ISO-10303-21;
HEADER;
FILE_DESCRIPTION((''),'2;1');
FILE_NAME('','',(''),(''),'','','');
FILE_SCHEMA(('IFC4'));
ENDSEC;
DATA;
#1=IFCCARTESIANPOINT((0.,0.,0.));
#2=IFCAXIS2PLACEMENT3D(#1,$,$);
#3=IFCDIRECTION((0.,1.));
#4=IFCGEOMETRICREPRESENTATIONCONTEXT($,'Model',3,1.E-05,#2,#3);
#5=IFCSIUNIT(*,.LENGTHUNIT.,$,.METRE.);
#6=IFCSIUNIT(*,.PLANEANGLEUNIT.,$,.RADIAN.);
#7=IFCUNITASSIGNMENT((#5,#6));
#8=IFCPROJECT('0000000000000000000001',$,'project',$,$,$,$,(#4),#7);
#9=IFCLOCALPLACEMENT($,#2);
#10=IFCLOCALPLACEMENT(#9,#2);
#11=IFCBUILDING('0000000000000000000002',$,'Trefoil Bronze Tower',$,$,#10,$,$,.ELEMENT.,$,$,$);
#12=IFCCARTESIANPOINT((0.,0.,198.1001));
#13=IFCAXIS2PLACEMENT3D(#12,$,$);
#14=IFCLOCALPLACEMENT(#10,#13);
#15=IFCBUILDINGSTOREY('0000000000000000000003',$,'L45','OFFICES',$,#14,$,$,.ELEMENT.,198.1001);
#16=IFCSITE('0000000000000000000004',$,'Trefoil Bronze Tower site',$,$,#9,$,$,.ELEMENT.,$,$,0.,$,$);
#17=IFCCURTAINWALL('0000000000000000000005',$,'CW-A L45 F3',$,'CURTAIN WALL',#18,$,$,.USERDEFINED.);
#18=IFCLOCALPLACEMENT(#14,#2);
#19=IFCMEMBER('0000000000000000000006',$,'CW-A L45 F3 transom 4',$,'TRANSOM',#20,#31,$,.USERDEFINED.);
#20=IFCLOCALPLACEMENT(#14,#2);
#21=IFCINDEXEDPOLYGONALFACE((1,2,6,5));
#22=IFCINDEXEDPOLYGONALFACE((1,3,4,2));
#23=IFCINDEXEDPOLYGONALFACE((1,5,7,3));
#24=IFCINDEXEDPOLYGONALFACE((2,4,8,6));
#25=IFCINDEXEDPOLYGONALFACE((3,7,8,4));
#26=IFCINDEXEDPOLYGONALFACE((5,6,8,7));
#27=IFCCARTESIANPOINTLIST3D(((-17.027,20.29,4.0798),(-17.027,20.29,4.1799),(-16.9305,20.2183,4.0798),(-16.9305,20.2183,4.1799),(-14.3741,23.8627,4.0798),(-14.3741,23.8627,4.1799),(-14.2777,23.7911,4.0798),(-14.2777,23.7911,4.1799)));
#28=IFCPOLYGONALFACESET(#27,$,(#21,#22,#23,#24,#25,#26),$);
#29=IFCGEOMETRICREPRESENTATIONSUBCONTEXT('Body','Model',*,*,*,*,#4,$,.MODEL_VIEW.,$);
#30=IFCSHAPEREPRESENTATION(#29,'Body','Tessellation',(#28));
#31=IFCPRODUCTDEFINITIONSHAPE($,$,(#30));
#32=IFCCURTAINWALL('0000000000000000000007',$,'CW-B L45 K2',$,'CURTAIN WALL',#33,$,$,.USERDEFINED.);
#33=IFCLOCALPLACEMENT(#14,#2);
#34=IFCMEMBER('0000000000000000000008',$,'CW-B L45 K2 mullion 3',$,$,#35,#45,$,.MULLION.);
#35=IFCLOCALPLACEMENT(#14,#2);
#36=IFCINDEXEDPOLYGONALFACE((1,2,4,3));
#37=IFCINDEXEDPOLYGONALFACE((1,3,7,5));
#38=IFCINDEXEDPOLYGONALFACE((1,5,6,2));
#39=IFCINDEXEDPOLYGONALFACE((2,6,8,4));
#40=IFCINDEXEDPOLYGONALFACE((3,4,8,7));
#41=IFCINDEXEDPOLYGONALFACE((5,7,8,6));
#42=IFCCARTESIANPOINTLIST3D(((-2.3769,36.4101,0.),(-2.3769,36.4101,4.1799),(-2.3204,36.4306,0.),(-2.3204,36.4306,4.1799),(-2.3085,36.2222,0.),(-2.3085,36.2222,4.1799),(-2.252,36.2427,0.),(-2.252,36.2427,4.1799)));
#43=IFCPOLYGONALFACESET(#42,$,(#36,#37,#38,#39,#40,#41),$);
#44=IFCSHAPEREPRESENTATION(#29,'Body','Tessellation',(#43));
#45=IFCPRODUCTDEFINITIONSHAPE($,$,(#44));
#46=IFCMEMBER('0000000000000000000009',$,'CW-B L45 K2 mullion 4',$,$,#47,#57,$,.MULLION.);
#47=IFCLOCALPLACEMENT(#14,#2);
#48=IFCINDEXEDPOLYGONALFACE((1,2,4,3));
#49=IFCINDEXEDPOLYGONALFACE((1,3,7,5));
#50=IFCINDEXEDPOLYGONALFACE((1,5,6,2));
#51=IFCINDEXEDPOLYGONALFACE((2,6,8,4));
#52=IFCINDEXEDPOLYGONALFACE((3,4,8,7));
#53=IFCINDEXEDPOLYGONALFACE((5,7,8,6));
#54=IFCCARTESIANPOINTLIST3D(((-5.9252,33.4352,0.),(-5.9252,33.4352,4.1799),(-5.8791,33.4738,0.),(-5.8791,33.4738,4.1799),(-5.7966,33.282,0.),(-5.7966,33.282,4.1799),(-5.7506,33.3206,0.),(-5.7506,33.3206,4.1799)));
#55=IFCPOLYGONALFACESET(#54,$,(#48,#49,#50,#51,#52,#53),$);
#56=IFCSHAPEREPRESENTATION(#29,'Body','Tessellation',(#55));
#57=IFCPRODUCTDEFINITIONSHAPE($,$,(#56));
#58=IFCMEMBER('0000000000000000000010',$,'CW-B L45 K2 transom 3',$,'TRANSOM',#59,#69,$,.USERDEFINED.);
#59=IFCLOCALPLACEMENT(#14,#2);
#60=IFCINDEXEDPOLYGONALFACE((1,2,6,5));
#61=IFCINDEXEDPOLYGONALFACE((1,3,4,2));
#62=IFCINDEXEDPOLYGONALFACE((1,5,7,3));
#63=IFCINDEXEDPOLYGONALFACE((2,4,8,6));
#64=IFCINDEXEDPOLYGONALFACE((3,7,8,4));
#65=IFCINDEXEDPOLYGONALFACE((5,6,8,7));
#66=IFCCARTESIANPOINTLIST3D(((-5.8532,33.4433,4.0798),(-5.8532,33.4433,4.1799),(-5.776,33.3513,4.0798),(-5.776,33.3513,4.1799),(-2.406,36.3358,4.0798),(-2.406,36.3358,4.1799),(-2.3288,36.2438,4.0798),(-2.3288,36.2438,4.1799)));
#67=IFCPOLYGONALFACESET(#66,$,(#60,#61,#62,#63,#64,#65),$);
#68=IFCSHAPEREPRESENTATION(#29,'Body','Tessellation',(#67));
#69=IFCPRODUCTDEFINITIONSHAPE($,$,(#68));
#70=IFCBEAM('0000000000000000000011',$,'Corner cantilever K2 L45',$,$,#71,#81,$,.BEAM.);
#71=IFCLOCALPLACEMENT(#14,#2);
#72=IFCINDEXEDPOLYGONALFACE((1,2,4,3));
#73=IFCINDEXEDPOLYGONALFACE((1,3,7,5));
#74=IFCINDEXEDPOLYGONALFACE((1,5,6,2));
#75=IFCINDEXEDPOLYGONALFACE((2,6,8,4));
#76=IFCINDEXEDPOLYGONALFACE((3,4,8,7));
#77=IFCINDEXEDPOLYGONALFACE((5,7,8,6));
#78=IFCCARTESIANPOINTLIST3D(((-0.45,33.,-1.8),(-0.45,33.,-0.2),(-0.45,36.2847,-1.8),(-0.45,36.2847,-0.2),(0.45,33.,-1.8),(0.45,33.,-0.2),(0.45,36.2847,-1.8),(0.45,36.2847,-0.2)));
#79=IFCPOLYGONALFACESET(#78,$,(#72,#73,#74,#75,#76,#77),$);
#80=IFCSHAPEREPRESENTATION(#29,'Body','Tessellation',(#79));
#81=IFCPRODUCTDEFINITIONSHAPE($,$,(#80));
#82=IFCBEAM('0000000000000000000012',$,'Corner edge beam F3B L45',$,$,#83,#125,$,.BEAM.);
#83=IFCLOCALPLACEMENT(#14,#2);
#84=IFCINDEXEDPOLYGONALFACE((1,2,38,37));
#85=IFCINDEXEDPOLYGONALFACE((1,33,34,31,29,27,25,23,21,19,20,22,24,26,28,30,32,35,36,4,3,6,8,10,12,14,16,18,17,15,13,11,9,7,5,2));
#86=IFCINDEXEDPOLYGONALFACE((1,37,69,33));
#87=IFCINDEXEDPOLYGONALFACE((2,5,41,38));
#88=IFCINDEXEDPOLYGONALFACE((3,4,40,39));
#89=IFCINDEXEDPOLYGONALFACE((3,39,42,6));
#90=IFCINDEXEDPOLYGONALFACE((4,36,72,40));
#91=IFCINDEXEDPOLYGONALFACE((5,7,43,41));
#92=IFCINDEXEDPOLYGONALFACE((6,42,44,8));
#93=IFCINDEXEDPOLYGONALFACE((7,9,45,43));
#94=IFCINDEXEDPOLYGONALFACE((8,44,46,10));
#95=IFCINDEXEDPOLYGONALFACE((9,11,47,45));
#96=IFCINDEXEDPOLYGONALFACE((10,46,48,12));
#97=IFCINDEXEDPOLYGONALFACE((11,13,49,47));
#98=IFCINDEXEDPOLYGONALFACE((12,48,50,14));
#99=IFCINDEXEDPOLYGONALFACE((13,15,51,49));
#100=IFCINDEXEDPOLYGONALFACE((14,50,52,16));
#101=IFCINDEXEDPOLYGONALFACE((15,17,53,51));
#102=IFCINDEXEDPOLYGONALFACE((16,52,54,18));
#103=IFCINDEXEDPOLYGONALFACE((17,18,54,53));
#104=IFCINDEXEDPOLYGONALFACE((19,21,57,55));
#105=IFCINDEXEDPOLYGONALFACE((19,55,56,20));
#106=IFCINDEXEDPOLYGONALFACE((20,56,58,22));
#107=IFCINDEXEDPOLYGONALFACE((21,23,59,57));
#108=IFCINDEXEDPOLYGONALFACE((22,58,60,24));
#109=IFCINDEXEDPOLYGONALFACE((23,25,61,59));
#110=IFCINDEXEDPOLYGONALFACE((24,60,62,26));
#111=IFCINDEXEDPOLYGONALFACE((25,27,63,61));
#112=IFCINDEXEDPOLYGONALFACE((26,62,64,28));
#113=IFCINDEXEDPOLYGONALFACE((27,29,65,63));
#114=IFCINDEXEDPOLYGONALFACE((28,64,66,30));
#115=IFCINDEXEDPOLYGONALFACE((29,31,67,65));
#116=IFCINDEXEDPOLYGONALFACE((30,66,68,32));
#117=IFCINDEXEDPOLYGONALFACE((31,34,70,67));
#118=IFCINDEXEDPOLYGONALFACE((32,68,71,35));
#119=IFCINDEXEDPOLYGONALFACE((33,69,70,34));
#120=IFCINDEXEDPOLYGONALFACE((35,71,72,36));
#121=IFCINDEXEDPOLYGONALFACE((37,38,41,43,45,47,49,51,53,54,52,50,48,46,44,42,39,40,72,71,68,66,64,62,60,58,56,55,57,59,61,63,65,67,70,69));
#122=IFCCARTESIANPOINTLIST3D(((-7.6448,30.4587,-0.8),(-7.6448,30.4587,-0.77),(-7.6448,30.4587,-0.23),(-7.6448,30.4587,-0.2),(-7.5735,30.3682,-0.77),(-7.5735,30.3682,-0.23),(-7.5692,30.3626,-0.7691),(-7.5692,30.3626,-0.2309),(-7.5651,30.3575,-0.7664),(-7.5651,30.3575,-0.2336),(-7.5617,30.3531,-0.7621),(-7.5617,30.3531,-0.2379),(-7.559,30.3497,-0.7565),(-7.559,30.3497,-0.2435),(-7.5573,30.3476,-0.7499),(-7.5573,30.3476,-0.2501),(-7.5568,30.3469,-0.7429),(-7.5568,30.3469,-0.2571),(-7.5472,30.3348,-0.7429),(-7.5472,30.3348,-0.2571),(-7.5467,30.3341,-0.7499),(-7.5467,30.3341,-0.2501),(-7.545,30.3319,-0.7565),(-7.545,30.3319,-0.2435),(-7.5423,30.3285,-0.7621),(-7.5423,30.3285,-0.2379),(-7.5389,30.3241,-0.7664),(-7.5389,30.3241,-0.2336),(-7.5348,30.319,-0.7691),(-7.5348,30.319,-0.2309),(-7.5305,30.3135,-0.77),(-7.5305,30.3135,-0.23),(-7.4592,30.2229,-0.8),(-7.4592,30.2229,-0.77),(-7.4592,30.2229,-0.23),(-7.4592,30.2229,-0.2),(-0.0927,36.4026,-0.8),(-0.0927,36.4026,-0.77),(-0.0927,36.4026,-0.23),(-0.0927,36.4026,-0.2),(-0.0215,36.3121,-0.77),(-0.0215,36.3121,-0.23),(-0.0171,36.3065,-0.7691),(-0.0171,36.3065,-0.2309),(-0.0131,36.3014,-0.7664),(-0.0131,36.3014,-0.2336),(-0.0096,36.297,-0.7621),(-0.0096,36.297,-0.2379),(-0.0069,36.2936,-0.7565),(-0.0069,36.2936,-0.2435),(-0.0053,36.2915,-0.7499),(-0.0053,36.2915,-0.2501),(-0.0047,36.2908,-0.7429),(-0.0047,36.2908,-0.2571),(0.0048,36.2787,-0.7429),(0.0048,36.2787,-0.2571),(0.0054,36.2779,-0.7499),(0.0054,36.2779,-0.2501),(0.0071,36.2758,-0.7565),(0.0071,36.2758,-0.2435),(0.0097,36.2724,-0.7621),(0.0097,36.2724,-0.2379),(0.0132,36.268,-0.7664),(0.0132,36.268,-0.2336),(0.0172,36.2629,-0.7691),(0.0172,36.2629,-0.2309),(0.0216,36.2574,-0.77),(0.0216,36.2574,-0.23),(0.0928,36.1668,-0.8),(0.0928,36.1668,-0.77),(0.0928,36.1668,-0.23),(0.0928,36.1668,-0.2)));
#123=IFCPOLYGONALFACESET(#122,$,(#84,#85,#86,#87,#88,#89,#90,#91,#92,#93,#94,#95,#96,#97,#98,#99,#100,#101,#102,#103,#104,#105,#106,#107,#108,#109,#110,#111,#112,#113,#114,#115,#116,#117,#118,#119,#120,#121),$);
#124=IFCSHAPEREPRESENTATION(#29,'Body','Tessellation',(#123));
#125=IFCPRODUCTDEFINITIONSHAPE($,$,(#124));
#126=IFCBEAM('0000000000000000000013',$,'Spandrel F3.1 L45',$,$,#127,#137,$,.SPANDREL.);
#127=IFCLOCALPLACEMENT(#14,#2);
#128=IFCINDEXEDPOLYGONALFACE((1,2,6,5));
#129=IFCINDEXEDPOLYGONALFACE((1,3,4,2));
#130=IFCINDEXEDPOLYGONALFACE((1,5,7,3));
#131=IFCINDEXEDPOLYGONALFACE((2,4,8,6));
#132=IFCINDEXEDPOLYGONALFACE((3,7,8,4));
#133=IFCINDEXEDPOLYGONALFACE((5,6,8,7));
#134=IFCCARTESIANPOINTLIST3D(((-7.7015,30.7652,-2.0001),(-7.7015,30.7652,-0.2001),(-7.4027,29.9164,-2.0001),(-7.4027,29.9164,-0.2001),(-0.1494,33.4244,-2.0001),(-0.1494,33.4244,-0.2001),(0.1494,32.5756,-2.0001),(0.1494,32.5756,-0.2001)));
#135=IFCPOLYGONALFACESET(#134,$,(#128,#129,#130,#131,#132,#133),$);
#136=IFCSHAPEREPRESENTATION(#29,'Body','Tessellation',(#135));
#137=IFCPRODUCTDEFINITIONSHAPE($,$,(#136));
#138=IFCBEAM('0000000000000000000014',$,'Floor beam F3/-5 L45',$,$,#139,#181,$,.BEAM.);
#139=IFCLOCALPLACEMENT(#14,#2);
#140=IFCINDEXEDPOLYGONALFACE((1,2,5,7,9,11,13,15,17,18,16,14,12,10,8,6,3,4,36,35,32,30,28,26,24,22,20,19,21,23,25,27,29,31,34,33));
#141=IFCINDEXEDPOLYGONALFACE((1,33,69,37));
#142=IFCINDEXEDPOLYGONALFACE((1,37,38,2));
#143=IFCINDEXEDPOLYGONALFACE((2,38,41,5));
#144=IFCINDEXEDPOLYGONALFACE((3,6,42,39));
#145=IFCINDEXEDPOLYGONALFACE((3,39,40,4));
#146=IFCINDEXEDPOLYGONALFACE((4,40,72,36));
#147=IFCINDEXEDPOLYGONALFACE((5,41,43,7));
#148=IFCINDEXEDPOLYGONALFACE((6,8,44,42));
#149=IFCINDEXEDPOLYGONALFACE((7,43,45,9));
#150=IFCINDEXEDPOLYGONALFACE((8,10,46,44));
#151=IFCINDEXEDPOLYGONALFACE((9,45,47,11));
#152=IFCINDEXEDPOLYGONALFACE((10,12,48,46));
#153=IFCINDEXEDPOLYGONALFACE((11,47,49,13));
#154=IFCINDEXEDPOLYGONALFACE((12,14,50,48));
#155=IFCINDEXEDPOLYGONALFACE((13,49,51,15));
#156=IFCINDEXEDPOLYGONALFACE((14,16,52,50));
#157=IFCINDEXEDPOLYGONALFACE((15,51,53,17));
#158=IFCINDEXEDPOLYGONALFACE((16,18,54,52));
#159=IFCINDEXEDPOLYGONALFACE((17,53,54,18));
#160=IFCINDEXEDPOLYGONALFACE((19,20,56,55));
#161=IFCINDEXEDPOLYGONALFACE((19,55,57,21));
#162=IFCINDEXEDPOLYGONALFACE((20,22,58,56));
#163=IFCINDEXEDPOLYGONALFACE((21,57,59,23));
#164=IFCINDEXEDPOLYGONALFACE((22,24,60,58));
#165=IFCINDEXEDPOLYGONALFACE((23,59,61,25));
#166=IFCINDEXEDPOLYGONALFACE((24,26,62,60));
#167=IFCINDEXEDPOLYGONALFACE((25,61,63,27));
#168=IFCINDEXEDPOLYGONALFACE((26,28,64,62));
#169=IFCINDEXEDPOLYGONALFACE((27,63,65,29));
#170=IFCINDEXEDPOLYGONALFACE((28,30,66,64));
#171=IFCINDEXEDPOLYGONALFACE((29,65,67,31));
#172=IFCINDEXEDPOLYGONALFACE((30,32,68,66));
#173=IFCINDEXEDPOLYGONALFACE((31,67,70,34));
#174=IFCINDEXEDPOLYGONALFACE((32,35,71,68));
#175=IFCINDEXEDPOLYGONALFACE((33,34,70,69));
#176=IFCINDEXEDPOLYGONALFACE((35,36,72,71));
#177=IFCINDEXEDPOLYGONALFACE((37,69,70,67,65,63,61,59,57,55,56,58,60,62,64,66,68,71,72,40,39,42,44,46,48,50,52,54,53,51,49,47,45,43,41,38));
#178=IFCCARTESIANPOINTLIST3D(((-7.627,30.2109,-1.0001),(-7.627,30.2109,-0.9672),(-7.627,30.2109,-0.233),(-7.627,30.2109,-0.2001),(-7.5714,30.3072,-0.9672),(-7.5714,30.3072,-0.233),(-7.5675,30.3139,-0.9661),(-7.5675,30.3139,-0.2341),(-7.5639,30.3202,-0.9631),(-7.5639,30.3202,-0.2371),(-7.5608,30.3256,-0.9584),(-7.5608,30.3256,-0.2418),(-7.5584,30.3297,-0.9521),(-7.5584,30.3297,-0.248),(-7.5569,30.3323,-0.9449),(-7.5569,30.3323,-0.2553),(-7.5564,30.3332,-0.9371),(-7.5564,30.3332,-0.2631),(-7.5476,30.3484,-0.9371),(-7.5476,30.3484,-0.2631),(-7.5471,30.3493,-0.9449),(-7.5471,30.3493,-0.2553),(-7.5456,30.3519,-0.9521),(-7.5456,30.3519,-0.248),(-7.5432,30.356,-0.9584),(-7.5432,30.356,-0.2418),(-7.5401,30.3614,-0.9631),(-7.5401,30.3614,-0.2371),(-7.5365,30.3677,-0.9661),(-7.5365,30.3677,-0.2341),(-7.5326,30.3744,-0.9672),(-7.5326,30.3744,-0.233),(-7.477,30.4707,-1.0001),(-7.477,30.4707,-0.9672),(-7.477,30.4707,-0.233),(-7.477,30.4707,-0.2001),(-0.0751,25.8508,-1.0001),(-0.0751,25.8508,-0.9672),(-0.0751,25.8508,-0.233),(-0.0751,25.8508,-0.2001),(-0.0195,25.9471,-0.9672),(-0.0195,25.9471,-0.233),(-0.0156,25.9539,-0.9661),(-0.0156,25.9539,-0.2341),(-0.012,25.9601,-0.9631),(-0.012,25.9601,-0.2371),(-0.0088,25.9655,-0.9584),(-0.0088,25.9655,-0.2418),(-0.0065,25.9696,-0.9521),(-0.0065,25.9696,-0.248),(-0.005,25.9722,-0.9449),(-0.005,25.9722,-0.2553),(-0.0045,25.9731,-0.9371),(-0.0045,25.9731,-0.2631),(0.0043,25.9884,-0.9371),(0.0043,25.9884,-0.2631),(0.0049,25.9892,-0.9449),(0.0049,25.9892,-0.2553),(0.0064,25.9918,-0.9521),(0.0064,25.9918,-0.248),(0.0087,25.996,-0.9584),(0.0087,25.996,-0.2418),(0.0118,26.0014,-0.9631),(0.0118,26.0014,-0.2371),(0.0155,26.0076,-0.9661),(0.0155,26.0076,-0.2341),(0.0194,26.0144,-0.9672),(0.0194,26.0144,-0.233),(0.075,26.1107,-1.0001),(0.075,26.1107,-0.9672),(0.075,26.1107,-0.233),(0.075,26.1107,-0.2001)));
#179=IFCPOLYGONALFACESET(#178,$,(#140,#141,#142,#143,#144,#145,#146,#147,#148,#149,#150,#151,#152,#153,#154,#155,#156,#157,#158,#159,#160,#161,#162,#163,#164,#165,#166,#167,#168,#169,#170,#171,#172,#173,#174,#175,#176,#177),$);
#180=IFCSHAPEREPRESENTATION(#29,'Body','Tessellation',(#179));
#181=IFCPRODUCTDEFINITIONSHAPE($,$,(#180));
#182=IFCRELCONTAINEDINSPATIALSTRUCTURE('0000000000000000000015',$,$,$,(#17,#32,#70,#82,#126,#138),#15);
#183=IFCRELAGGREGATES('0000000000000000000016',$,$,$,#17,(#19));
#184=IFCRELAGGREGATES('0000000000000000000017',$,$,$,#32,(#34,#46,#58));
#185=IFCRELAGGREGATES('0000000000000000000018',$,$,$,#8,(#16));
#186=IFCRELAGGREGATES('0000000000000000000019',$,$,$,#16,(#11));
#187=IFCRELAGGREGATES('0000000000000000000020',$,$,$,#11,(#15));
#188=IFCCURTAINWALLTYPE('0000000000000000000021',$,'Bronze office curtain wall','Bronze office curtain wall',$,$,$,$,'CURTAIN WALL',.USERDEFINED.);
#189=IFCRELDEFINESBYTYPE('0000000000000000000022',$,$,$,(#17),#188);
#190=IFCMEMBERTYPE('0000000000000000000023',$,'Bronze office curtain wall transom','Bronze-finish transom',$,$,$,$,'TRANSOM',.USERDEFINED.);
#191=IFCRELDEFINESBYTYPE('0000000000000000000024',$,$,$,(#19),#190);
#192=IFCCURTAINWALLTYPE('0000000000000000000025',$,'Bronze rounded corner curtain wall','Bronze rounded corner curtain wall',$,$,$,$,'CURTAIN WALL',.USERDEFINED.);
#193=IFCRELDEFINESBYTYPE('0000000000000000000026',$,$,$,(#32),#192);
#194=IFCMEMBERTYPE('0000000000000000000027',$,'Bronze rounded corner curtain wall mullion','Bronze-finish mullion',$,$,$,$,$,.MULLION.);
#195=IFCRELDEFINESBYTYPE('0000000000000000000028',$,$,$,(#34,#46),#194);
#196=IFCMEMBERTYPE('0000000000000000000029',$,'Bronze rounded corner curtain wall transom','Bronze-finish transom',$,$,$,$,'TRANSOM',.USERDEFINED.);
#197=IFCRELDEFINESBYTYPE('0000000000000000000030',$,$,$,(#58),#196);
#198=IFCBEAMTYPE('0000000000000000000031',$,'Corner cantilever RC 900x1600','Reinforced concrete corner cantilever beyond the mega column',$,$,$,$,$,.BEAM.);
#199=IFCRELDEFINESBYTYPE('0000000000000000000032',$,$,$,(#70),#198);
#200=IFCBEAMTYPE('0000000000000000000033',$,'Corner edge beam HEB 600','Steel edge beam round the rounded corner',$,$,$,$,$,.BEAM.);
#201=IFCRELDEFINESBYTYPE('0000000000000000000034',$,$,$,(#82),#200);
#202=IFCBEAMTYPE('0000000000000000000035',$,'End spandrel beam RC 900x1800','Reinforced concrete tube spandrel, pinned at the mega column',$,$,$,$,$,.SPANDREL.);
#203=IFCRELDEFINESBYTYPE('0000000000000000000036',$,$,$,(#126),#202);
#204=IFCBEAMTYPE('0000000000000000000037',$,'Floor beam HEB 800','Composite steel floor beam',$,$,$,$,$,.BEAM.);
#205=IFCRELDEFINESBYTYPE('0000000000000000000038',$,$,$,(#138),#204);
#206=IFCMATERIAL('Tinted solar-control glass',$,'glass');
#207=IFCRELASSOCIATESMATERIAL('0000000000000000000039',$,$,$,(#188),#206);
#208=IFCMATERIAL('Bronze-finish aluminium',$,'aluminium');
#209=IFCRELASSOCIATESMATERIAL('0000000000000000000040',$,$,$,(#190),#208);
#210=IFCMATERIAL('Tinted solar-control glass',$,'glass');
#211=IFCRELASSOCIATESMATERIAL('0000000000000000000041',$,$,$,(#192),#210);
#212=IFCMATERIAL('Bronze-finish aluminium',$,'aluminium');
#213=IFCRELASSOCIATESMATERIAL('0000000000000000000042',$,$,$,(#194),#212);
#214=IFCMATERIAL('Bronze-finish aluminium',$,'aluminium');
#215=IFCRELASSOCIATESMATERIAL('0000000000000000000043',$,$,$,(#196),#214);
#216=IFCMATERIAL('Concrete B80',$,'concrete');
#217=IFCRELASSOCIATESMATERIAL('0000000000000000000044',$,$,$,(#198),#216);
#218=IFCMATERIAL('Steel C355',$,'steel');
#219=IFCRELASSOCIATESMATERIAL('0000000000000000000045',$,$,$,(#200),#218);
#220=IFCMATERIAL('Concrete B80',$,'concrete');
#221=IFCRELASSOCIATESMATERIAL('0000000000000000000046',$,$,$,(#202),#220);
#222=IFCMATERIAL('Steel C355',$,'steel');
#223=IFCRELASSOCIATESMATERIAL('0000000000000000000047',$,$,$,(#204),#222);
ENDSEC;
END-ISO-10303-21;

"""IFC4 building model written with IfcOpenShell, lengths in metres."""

from ifc_helpers import new_model, si_unit, direction, frame, origin, origin_2d, place, context, subcontext, project, spatial, rectangle, i_section, extrude, material, material_profile, profile_set, type_object, element, aggregate, save


model = new_model("IFC4")

# Units and contexts
model_context = context("Model", 3, precision=1e-05, world=origin(), true_north=direction((0.0, 1.0)))
body_context = subcontext(model_context, "Body", "Model", "MODEL_VIEW")
ifc_project = project(units=[si_unit("LENGTHUNIT", "METRE"), si_unit("PLANEANGLEUNIT", "RADIAN")], contexts=[model_context])

# Site, building, storey
site_placement = place(None, origin())
site = spatial("IfcSite", under=ifc_project, at=site_placement, Name="Trefoil Bronze Tower site", CompositionType="ELEMENT", RefElevation=0.0)
building_placement = place(site_placement, origin())
building = spatial("IfcBuilding", under=site, at=building_placement, Name="Trefoil Bronze Tower", CompositionType="ELEMENT")
storey_placement = place(building_placement, frame((0.0, 0.0, 198.1001)))
storey = spatial("IfcBuildingStorey", under=building, at=storey_placement, Name="L45", Description="OFFICES", CompositionType="ELEMENT", Elevation=198.1001)

# Curtain walls, members
ifc_material_1 = material(Name="Tinted solar-control glass", Category="glass")
curtain_wall_type_1 = type_object("IfcCurtainWallType", Name="Bronze office curtain wall", Description="Bronze office curtain wall", ElementType="CURTAIN WALL", PredefinedType="USERDEFINED", material=ifc_material_1)
curtain_wall_1_placement = place(storey_placement, origin())
curtain_wall_1 = element("IfcCurtainWall", 1, at=curtain_wall_1_placement, inside=storey, type_object=curtain_wall_type_1, Name="CW-A L45 F3", ObjectType="CURTAIN WALL", PredefinedType="USERDEFINED")
ifc_material_2 = material(Name="Bronze-finish aluminium", Category="aluminium")
ifc_material_profile_1 = material_profile(ifc_material_2, rectangle(XDim=0.1201, YDim=0.1001, at=origin_2d()), Name="CW-A transom")
ifc_profile_set_1 = profile_set([ifc_material_profile_1], Name="Bronze-finish aluminium")
member_type_1 = type_object("IfcMemberType", Name="Bronze office curtain wall transom", Description="Bronze-finish transom", ElementType="TRANSOM", PredefinedType="USERDEFINED", material=ifc_profile_set_1)
member_1_placement = place(storey_placement, frame((-14.3259, 23.8269, 4.1299), z_axis=(-0.596148, -0.802874, 0.0), x_axis=(0.802874, -0.596148, 0.0)))
member_1 = element("IfcMember", 2, at=member_1_placement, type_object=member_type_1, Name="CW-A L45 F3 transom 4", ObjectType="TRANSOM", PredefinedType="USERDEFINED", context=body_context, shape_type="SweptSolid", body=[
    extrude(rectangle(XDim=0.1201, YDim=0.1001, at=origin_2d()), origin(), (0.0, 0.0, 1.0), 4.45),
])
ifc_material_3 = material(Name="Tinted solar-control glass", Category="glass")
curtain_wall_type_2 = type_object("IfcCurtainWallType", Name="Bronze rounded corner curtain wall", Description="Bronze rounded corner curtain wall", ElementType="CURTAIN WALL", PredefinedType="USERDEFINED", material=ifc_material_3)
curtain_wall_2_placement = place(storey_placement, origin())
curtain_wall_2 = element("IfcCurtainWall", 3, at=curtain_wall_2_placement, inside=storey, type_object=curtain_wall_type_2, Name="CW-B L45 K2", ObjectType="CURTAIN WALL", PredefinedType="USERDEFINED")
ifc_material_4 = material(Name="Bronze-finish aluminium", Category="aluminium")
ifc_material_profile_2 = material_profile(ifc_material_4, rectangle(XDim=0.2, YDim=0.0601, at=origin_2d()), Name="CW-B mullion")
ifc_profile_set_2 = profile_set([ifc_material_profile_2], Name="Bronze-finish aluminium")
member_type_2 = type_object("IfcMemberType", Name="Bronze rounded corner curtain wall mullion", Description="Bronze-finish mullion", PredefinedType="MULLION", material=ifc_profile_set_2)
member_2_placement = place(storey_placement, frame((-2.3145, 36.3264, 0.0), z_axis=(0.0, 0.0, 1.0), x_axis=(0.34202, -0.939693, 0.0)))
member_2 = element("IfcMember", 4, at=member_2_placement, type_object=member_type_2, Name="CW-B L45 K2 mullion 3", PredefinedType="MULLION", context=body_context, shape_type="SweptSolid", body=[
    extrude(rectangle(XDim=0.2, YDim=0.0601, at=origin_2d()), origin(), (0.0, 0.0, 1.0), 4.1799),
])
member_3_placement = place(storey_placement, frame((-5.8379, 33.3779, 0.0), z_axis=(0.0, 0.0, 1.0), x_axis=(0.642788, -0.766044, 0.0)))
member_3 = element("IfcMember", 5, at=member_3_placement, type_object=member_type_2, Name="CW-B L45 K2 mullion 4", PredefinedType="MULLION", context=body_context, shape_type="SweptSolid", body=[
    extrude(rectangle(XDim=0.2, YDim=0.0601, at=origin_2d()), origin(), (0.0, 0.0, 1.0), 4.1799),
])
ifc_material_5 = material(Name="Bronze-finish aluminium", Category="aluminium")
ifc_material_profile_3 = material_profile(ifc_material_5, rectangle(XDim=0.1201, YDim=0.1001, at=origin_2d()), Name="CW-B transom")
ifc_profile_set_3 = profile_set([ifc_material_profile_3], Name="Bronze-finish aluminium")
member_type_3 = type_object("IfcMemberType", Name="Bronze rounded corner curtain wall transom", Description="Bronze-finish transom", ElementType="TRANSOM", PredefinedType="USERDEFINED", material=ifc_profile_set_3)
member_4_placement = place(storey_placement, frame((-2.3674, 36.2898, 4.1299), z_axis=(-0.766047, -0.642785, 0.0), x_axis=(0.642785, -0.766047, 0.0)))
member_4 = element("IfcMember", 6, at=member_4_placement, type_object=member_type_3, Name="CW-B L45 K2 transom 3", ObjectType="TRANSOM", PredefinedType="USERDEFINED", context=body_context, shape_type="SweptSolid", body=[
    extrude(rectangle(XDim=0.1201, YDim=0.1001, at=origin_2d()), origin(), (0.0, 0.0, 1.0), 4.5),
])

# Beams
ifc_material_6 = material(Name="Concrete B80", Category="concrete")
ifc_material_profile_4 = material_profile(ifc_material_6, rectangle(XDim=0.8999, YDim=1.6001, at=origin_2d()), Name="RC 900x1600")
ifc_profile_set_4 = profile_set([ifc_material_profile_4], Name="Concrete B80")
beam_type_1 = type_object("IfcBeamType", Name="Corner cantilever RC 900x1600", Description="Reinforced concrete corner cantilever beyond the mega column", PredefinedType="BEAM", material=ifc_profile_set_4)
beam_1_placement = place(storey_placement, frame((0.0, 33.0, -1.0), z_axis=(0.0, 1.0, 0.0), x_axis=(-1.0, 0.0, 0.0)))
element("IfcBeam", 7, at=beam_1_placement, inside=storey, type_object=beam_type_1, Name="Corner cantilever K2 L45", PredefinedType="BEAM", context=body_context, shape_type="SweptSolid", body=[
    extrude(rectangle(XDim=0.8999, YDim=1.6001, at=origin_2d()), origin(), (0.0, 0.0, 1.0), 3.2847),
])
ifc_material_7 = material(Name="Steel C355", Category="steel")
ifc_material_profile_5 = material_profile(ifc_material_7, i_section(OverallWidth=0.3, OverallDepth=0.6001, WebThickness=0.0154, FlangeThickness=0.03, FilletRadius=0.0271, at=origin_2d()), Name="HEB 600")
ifc_profile_set_5 = profile_set([ifc_material_profile_5], Name="Steel C355")
beam_type_2 = type_object("IfcBeamType", Name="Corner edge beam HEB 600", Description="Steel edge beam round the rounded corner", PredefinedType="BEAM", material=ifc_profile_set_5)
beam_2_placement = place(storey_placement, frame((-7.552, 30.3408, -0.5), z_axis=(0.785806, 0.618473, 0.0), x_axis=(-0.618473, 0.785806, 0.0)))
element("IfcBeam", 8, at=beam_2_placement, inside=storey, type_object=beam_type_2, Name="Corner edge beam F3B L45", PredefinedType="BEAM", context=body_context, shape_type="SweptSolid", body=[
    extrude(i_section(OverallWidth=0.3, OverallDepth=0.6001, WebThickness=0.0154, FlangeThickness=0.03, FilletRadius=0.0271, at=origin_2d()), origin(), (0.0, 0.0, 1.0), 9.6106),
])
ifc_material_8 = material(Name="Concrete B80", Category="concrete")
ifc_material_profile_6 = material_profile(ifc_material_8, rectangle(XDim=0.8999, YDim=1.8, at=origin_2d()), Name="RC 900x1800")
ifc_profile_set_6 = profile_set([ifc_material_profile_6], Name="Concrete B80")
beam_type_3 = type_object("IfcBeamType", Name="End spandrel beam RC 900x1800", Description="Reinforced concrete tube spandrel, pinned at the mega column", PredefinedType="SPANDREL", material=ifc_profile_set_6)
beam_3_placement = place(storey_placement, frame((0.0, 33.0, -1.1001), z_axis=(-0.943234, -0.332128, 0.0), x_axis=(0.332128, -0.943234, 0.0)))
element("IfcBeam", 9, at=beam_3_placement, inside=storey, type_object=beam_type_3, Name="Spandrel F3.1 L45", PredefinedType="SPANDREL", context=body_context, shape_type="SweptSolid", body=[
    extrude(rectangle(XDim=0.8999, YDim=1.8, at=origin_2d()), origin(), (0.0, 0.0, 1.0), 8.0066),
])
ifc_material_9 = material(Name="Steel C355", Category="steel")
ifc_material_profile_7 = material_profile(ifc_material_9, i_section(OverallWidth=0.3, OverallDepth=0.8, WebThickness=0.0176, FlangeThickness=0.033, FilletRadius=0.03, at=origin_2d()), Name="HEB 800")
ifc_profile_set_7 = profile_set([ifc_material_profile_7], Name="Steel C355")
beam_type_4 = type_object("IfcBeamType", Name="Floor beam HEB 800", Description="Composite steel floor beam", PredefinedType="BEAM", material=ifc_profile_set_7)
beam_4_placement = place(storey_placement, frame((-7.552, 30.3408, -0.6001), z_axis=(0.866028, -0.499996, 0.0), x_axis=(0.499996, 0.866028, 0.0)))
element("IfcBeam", 10, at=beam_4_placement, inside=storey, type_object=beam_type_4, Name="Floor beam F3/-5 L45", PredefinedType="BEAM", context=body_context, shape_type="SweptSolid", body=[
    extrude(i_section(OverallWidth=0.3, OverallDepth=0.8, WebThickness=0.0176, FlangeThickness=0.033, FilletRadius=0.03, at=origin_2d()), origin(), (0.0, 0.0, 1.0), 8.7202),
])

aggregate(curtain_wall_1, [member_1])
aggregate(curtain_wall_2, [member_2, member_3, member_4])

save(model, "model.ifc")
